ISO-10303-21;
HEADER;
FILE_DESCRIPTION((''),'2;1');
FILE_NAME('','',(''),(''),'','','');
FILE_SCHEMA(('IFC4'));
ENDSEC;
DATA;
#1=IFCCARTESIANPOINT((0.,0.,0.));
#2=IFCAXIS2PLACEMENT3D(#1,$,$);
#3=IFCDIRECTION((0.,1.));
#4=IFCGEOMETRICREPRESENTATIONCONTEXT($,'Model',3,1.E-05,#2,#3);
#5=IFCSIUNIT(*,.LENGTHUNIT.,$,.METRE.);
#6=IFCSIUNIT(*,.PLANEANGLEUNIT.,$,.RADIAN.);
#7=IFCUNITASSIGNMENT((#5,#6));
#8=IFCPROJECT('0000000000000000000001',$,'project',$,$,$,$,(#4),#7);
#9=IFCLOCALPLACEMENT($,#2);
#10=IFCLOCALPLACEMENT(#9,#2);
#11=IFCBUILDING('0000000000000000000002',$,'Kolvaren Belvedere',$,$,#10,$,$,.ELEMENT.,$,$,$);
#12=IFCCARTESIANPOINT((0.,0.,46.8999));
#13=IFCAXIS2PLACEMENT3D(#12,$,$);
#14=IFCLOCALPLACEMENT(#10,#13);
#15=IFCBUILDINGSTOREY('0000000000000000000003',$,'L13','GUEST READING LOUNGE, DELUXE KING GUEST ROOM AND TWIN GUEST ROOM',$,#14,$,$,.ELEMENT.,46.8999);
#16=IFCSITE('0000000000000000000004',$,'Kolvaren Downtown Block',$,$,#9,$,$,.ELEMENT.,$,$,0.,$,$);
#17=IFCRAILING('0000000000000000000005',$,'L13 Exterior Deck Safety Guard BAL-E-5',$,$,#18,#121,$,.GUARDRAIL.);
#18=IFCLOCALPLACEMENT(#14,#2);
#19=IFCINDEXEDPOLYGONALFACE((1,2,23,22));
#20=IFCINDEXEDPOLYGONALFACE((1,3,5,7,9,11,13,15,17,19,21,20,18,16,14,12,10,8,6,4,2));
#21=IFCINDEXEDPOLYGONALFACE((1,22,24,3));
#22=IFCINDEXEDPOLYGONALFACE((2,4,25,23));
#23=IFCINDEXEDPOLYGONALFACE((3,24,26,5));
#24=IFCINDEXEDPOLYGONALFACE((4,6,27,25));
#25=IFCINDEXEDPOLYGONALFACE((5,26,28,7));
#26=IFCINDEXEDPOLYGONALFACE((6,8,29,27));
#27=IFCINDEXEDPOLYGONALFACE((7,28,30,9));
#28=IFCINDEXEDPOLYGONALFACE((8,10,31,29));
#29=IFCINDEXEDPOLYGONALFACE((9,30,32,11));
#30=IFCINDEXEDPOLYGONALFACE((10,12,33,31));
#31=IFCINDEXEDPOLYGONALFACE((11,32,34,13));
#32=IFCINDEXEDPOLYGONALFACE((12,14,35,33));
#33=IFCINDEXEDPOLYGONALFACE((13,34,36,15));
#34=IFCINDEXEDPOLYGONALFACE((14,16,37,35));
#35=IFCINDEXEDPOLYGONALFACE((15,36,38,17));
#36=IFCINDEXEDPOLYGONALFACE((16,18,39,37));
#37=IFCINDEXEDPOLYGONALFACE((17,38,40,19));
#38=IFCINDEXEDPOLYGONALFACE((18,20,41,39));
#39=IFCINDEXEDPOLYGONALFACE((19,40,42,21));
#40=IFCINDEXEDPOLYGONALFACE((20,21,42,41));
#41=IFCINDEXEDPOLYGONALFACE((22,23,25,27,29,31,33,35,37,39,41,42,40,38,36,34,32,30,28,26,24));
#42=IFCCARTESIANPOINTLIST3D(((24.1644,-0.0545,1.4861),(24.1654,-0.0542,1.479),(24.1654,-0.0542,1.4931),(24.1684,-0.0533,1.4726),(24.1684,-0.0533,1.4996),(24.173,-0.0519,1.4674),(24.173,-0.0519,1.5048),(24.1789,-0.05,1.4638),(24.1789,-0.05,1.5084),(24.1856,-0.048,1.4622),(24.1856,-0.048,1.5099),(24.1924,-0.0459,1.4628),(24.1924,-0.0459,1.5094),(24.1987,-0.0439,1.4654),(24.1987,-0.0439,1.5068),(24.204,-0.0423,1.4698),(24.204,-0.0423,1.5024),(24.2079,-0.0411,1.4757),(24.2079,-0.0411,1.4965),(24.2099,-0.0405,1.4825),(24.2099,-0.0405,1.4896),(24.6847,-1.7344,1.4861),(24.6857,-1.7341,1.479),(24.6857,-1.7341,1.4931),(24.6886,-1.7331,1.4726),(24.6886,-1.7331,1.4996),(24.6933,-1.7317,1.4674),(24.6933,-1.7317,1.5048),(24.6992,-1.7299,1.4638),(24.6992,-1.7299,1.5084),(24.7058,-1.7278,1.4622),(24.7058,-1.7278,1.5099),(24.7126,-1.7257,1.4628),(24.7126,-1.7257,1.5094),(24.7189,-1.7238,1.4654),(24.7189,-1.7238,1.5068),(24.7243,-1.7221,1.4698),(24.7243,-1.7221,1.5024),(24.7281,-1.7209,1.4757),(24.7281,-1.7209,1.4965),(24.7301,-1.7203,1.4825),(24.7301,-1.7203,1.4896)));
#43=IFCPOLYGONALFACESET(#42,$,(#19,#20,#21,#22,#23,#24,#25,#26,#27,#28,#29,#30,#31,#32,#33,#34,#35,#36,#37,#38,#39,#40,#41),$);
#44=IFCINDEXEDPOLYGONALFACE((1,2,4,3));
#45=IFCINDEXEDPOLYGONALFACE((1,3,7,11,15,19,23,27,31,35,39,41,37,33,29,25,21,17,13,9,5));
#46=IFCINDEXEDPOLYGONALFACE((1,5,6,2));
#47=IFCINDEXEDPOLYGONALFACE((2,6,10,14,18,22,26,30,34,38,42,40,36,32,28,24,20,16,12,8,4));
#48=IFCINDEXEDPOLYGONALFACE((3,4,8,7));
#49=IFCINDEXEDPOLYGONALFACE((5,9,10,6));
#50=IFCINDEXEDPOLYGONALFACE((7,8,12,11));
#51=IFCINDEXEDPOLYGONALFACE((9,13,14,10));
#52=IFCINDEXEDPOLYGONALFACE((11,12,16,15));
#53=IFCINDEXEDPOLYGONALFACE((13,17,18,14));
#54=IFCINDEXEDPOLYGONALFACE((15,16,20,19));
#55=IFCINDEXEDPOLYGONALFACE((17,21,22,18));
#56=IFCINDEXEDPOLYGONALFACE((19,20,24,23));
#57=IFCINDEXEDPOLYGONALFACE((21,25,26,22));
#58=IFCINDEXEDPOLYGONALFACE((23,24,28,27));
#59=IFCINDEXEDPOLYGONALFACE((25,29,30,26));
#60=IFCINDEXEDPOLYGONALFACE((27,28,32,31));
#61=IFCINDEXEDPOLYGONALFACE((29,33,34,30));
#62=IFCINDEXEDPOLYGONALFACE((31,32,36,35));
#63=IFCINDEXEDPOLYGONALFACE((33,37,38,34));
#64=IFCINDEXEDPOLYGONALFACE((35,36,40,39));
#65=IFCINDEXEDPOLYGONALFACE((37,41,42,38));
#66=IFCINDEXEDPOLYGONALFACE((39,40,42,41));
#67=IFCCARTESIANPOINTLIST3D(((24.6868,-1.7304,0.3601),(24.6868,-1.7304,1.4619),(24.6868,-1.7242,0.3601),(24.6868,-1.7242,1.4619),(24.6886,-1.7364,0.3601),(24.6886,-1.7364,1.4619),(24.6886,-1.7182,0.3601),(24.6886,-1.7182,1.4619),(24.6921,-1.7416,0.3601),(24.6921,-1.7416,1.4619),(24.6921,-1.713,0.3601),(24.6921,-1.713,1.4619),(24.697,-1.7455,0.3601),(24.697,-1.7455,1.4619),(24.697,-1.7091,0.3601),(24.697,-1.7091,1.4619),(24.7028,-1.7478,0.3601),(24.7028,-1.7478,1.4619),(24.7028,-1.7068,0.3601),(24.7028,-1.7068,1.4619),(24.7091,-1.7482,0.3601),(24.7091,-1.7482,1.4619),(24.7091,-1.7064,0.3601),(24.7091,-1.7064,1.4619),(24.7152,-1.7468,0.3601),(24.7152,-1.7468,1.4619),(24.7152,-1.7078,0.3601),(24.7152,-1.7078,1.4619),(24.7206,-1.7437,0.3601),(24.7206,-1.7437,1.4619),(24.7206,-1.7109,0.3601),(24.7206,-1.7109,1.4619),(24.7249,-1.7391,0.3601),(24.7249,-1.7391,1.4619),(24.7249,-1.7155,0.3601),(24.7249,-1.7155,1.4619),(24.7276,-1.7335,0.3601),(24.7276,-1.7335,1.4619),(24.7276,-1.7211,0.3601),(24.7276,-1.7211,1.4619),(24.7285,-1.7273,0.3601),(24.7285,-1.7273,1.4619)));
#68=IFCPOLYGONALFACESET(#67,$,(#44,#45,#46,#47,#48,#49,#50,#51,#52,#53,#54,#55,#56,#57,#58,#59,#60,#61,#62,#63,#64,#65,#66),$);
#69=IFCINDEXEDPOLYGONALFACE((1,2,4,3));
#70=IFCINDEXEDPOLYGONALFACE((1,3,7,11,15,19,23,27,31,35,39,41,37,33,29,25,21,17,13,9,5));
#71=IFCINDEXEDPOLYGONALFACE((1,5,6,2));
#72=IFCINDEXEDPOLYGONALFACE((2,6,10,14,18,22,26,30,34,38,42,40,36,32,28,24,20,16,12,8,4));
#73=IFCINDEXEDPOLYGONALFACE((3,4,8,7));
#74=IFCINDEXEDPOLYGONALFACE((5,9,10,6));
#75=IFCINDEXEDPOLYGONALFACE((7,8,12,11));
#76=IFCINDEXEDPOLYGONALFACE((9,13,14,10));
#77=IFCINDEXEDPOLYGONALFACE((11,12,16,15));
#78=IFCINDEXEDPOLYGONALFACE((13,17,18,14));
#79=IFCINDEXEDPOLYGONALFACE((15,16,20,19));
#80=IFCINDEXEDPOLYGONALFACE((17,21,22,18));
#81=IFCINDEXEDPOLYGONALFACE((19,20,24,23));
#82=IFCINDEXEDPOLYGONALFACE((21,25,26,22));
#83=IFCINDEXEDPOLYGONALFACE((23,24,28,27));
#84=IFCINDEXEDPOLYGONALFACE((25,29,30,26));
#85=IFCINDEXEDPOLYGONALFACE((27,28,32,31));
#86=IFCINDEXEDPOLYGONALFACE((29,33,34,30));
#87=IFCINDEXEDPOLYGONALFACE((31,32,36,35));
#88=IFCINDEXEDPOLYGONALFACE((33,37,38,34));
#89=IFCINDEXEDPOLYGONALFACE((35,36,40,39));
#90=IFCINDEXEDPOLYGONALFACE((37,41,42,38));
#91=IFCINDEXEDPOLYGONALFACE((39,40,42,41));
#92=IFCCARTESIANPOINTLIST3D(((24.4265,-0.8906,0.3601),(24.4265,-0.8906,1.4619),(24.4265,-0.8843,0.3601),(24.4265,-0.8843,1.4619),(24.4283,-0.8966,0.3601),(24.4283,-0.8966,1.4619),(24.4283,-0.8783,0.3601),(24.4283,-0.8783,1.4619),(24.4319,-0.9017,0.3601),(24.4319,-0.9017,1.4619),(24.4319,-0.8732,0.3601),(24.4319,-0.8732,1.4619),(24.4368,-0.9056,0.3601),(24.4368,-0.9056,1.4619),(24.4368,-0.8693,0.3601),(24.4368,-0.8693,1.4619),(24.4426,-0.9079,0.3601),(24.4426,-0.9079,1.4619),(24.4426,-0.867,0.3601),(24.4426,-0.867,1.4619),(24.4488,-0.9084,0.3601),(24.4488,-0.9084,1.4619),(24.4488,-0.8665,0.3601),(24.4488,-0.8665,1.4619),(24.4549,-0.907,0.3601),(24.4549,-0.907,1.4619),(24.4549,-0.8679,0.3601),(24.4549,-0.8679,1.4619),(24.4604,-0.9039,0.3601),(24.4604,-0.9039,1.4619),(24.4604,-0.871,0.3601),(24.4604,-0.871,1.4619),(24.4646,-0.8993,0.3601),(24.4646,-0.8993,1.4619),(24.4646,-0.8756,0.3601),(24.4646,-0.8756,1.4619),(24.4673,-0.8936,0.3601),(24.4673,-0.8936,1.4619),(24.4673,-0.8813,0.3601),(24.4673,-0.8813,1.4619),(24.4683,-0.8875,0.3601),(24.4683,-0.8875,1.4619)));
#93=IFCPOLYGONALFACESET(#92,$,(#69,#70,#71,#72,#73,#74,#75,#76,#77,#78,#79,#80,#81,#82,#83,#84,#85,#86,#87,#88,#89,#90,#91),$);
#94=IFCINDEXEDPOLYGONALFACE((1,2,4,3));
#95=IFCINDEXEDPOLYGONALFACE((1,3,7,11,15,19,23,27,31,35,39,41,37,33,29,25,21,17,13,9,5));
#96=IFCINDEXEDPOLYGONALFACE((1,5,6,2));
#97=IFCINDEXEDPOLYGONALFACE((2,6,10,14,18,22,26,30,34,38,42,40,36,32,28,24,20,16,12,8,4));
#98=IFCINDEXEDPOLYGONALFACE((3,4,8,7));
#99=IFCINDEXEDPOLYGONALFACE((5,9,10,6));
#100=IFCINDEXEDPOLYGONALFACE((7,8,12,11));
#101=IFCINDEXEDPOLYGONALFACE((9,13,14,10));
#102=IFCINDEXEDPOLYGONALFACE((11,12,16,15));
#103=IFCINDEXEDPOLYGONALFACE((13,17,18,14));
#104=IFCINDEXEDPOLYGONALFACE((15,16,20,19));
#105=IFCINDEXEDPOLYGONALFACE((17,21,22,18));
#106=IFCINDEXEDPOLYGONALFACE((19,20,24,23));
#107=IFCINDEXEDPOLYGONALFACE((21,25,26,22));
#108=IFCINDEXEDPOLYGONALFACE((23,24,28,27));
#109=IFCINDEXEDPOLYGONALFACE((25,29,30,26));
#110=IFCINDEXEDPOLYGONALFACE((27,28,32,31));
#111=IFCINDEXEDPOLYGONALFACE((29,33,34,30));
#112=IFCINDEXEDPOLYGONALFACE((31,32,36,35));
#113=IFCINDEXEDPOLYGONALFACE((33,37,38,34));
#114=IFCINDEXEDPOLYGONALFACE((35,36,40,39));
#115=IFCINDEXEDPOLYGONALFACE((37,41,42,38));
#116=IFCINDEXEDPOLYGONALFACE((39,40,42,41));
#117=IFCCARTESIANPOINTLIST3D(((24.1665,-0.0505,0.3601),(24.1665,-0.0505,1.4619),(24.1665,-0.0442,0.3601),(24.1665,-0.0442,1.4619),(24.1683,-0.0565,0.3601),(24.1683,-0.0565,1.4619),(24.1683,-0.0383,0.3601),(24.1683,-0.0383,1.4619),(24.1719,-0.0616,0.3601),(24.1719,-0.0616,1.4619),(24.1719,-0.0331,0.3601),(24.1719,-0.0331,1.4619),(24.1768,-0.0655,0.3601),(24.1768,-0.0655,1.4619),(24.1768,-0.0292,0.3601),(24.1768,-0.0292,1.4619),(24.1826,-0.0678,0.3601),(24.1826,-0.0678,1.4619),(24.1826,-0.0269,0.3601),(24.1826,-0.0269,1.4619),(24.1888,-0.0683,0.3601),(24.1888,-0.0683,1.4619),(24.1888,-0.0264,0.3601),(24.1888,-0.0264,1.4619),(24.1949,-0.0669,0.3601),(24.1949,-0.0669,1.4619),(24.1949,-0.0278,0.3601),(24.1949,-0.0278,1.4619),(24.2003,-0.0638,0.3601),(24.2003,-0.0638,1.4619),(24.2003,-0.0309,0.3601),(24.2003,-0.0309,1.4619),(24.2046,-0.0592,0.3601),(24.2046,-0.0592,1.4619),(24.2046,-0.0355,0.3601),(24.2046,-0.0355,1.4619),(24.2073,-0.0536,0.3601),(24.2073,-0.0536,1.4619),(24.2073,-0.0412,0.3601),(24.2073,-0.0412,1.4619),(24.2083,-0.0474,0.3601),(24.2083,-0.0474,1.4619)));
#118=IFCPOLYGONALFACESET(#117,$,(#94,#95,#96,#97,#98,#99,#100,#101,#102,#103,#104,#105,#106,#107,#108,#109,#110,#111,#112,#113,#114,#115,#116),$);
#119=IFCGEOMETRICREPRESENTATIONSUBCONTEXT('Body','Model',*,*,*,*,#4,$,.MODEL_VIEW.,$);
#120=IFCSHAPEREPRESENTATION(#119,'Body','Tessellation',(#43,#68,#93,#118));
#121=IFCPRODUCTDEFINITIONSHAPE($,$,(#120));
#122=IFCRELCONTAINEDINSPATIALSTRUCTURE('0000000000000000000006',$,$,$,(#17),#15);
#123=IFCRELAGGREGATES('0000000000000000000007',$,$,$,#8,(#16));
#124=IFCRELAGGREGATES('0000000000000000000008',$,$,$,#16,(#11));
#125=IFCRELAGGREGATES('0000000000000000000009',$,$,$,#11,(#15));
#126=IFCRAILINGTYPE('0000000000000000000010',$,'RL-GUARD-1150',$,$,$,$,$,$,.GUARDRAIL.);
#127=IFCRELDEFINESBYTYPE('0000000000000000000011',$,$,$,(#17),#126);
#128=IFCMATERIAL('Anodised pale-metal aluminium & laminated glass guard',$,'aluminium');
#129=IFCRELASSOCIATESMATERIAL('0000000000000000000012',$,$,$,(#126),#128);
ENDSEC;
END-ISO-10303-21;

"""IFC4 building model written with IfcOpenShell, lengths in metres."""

from ifc_helpers import new_model, si_unit, direction, frame, origin, origin_2d, place, context, subcontext, project, spatial, circle, extrude, material, type_object, element, save


model = new_model("IFC4")

# Units and contexts
model_context = context("Model", 3, precision=1e-05, world=origin(), true_north=direction((0.0, 1.0)))
body_context = subcontext(model_context, "Body", "Model", "MODEL_VIEW")
ifc_project = project(units=[si_unit("LENGTHUNIT", "METRE"), si_unit("PLANEANGLEUNIT", "RADIAN")], contexts=[model_context])

# Site, building, storey
site_placement = place(None, origin())
site = spatial("IfcSite", under=ifc_project, at=site_placement, Name="Kolvaren Downtown Block", CompositionType="ELEMENT", RefElevation=0.0)
building_placement = place(site_placement, origin())
building = spatial("IfcBuilding", under=site, at=building_placement, Name="Kolvaren Belvedere", CompositionType="ELEMENT")
storey_placement = place(building_placement, frame((0.0, 0.0, 46.8999)))
storey = spatial("IfcBuildingStorey", under=building, at=storey_placement, Name="L13", Description="GUEST READING LOUNGE, DELUXE KING GUEST ROOM AND TWIN GUEST ROOM", CompositionType="ELEMENT", Elevation=46.8999)

# Railing
ifc_material_1 = material(Name="Anodised pale-metal aluminium & laminated glass guard", Category="aluminium")
railing_type = type_object("IfcRailingType", Name="RL-GUARD-1150", PredefinedType="GUARDRAIL", material=ifc_material_1)
railing_1_placement = place(storey_placement, frame((24.7075, -1.7273, 0.3601)))
element("IfcRailing", 1, at=railing_1_placement, inside=storey, type_object=railing_type, Name="L13 Exterior Deck Safety Guard BAL-E-5", PredefinedType="GUARDRAIL", context=body_context, shape_type="SweptSolid", body=[
    extrude(circle(Radius=0.0239, at=origin_2d()), frame((0.0, 0.0, 1.126), z_axis=(-0.295832, 0.95524, 0.0), x_axis=(-0.95524, -0.295832, 0.0)), (0.0, 0.0, 1.0), 1.7585),
    extrude(circle(Radius=0.021, at=origin_2d()), origin(), (0.0, 0.0, 1.0), 1.1018),
    extrude(circle(Radius=0.021, at=origin_2d()), frame((-0.2603, 0.8398, 0.0)), (0.0, 0.0, 1.0), 1.1018),
    extrude(circle(Radius=0.021, at=origin_2d()), frame((-0.5203, 1.6799, 0.0)), (0.0, 0.0, 1.0), 1.1018),
])

save(model, "model.ifc")
